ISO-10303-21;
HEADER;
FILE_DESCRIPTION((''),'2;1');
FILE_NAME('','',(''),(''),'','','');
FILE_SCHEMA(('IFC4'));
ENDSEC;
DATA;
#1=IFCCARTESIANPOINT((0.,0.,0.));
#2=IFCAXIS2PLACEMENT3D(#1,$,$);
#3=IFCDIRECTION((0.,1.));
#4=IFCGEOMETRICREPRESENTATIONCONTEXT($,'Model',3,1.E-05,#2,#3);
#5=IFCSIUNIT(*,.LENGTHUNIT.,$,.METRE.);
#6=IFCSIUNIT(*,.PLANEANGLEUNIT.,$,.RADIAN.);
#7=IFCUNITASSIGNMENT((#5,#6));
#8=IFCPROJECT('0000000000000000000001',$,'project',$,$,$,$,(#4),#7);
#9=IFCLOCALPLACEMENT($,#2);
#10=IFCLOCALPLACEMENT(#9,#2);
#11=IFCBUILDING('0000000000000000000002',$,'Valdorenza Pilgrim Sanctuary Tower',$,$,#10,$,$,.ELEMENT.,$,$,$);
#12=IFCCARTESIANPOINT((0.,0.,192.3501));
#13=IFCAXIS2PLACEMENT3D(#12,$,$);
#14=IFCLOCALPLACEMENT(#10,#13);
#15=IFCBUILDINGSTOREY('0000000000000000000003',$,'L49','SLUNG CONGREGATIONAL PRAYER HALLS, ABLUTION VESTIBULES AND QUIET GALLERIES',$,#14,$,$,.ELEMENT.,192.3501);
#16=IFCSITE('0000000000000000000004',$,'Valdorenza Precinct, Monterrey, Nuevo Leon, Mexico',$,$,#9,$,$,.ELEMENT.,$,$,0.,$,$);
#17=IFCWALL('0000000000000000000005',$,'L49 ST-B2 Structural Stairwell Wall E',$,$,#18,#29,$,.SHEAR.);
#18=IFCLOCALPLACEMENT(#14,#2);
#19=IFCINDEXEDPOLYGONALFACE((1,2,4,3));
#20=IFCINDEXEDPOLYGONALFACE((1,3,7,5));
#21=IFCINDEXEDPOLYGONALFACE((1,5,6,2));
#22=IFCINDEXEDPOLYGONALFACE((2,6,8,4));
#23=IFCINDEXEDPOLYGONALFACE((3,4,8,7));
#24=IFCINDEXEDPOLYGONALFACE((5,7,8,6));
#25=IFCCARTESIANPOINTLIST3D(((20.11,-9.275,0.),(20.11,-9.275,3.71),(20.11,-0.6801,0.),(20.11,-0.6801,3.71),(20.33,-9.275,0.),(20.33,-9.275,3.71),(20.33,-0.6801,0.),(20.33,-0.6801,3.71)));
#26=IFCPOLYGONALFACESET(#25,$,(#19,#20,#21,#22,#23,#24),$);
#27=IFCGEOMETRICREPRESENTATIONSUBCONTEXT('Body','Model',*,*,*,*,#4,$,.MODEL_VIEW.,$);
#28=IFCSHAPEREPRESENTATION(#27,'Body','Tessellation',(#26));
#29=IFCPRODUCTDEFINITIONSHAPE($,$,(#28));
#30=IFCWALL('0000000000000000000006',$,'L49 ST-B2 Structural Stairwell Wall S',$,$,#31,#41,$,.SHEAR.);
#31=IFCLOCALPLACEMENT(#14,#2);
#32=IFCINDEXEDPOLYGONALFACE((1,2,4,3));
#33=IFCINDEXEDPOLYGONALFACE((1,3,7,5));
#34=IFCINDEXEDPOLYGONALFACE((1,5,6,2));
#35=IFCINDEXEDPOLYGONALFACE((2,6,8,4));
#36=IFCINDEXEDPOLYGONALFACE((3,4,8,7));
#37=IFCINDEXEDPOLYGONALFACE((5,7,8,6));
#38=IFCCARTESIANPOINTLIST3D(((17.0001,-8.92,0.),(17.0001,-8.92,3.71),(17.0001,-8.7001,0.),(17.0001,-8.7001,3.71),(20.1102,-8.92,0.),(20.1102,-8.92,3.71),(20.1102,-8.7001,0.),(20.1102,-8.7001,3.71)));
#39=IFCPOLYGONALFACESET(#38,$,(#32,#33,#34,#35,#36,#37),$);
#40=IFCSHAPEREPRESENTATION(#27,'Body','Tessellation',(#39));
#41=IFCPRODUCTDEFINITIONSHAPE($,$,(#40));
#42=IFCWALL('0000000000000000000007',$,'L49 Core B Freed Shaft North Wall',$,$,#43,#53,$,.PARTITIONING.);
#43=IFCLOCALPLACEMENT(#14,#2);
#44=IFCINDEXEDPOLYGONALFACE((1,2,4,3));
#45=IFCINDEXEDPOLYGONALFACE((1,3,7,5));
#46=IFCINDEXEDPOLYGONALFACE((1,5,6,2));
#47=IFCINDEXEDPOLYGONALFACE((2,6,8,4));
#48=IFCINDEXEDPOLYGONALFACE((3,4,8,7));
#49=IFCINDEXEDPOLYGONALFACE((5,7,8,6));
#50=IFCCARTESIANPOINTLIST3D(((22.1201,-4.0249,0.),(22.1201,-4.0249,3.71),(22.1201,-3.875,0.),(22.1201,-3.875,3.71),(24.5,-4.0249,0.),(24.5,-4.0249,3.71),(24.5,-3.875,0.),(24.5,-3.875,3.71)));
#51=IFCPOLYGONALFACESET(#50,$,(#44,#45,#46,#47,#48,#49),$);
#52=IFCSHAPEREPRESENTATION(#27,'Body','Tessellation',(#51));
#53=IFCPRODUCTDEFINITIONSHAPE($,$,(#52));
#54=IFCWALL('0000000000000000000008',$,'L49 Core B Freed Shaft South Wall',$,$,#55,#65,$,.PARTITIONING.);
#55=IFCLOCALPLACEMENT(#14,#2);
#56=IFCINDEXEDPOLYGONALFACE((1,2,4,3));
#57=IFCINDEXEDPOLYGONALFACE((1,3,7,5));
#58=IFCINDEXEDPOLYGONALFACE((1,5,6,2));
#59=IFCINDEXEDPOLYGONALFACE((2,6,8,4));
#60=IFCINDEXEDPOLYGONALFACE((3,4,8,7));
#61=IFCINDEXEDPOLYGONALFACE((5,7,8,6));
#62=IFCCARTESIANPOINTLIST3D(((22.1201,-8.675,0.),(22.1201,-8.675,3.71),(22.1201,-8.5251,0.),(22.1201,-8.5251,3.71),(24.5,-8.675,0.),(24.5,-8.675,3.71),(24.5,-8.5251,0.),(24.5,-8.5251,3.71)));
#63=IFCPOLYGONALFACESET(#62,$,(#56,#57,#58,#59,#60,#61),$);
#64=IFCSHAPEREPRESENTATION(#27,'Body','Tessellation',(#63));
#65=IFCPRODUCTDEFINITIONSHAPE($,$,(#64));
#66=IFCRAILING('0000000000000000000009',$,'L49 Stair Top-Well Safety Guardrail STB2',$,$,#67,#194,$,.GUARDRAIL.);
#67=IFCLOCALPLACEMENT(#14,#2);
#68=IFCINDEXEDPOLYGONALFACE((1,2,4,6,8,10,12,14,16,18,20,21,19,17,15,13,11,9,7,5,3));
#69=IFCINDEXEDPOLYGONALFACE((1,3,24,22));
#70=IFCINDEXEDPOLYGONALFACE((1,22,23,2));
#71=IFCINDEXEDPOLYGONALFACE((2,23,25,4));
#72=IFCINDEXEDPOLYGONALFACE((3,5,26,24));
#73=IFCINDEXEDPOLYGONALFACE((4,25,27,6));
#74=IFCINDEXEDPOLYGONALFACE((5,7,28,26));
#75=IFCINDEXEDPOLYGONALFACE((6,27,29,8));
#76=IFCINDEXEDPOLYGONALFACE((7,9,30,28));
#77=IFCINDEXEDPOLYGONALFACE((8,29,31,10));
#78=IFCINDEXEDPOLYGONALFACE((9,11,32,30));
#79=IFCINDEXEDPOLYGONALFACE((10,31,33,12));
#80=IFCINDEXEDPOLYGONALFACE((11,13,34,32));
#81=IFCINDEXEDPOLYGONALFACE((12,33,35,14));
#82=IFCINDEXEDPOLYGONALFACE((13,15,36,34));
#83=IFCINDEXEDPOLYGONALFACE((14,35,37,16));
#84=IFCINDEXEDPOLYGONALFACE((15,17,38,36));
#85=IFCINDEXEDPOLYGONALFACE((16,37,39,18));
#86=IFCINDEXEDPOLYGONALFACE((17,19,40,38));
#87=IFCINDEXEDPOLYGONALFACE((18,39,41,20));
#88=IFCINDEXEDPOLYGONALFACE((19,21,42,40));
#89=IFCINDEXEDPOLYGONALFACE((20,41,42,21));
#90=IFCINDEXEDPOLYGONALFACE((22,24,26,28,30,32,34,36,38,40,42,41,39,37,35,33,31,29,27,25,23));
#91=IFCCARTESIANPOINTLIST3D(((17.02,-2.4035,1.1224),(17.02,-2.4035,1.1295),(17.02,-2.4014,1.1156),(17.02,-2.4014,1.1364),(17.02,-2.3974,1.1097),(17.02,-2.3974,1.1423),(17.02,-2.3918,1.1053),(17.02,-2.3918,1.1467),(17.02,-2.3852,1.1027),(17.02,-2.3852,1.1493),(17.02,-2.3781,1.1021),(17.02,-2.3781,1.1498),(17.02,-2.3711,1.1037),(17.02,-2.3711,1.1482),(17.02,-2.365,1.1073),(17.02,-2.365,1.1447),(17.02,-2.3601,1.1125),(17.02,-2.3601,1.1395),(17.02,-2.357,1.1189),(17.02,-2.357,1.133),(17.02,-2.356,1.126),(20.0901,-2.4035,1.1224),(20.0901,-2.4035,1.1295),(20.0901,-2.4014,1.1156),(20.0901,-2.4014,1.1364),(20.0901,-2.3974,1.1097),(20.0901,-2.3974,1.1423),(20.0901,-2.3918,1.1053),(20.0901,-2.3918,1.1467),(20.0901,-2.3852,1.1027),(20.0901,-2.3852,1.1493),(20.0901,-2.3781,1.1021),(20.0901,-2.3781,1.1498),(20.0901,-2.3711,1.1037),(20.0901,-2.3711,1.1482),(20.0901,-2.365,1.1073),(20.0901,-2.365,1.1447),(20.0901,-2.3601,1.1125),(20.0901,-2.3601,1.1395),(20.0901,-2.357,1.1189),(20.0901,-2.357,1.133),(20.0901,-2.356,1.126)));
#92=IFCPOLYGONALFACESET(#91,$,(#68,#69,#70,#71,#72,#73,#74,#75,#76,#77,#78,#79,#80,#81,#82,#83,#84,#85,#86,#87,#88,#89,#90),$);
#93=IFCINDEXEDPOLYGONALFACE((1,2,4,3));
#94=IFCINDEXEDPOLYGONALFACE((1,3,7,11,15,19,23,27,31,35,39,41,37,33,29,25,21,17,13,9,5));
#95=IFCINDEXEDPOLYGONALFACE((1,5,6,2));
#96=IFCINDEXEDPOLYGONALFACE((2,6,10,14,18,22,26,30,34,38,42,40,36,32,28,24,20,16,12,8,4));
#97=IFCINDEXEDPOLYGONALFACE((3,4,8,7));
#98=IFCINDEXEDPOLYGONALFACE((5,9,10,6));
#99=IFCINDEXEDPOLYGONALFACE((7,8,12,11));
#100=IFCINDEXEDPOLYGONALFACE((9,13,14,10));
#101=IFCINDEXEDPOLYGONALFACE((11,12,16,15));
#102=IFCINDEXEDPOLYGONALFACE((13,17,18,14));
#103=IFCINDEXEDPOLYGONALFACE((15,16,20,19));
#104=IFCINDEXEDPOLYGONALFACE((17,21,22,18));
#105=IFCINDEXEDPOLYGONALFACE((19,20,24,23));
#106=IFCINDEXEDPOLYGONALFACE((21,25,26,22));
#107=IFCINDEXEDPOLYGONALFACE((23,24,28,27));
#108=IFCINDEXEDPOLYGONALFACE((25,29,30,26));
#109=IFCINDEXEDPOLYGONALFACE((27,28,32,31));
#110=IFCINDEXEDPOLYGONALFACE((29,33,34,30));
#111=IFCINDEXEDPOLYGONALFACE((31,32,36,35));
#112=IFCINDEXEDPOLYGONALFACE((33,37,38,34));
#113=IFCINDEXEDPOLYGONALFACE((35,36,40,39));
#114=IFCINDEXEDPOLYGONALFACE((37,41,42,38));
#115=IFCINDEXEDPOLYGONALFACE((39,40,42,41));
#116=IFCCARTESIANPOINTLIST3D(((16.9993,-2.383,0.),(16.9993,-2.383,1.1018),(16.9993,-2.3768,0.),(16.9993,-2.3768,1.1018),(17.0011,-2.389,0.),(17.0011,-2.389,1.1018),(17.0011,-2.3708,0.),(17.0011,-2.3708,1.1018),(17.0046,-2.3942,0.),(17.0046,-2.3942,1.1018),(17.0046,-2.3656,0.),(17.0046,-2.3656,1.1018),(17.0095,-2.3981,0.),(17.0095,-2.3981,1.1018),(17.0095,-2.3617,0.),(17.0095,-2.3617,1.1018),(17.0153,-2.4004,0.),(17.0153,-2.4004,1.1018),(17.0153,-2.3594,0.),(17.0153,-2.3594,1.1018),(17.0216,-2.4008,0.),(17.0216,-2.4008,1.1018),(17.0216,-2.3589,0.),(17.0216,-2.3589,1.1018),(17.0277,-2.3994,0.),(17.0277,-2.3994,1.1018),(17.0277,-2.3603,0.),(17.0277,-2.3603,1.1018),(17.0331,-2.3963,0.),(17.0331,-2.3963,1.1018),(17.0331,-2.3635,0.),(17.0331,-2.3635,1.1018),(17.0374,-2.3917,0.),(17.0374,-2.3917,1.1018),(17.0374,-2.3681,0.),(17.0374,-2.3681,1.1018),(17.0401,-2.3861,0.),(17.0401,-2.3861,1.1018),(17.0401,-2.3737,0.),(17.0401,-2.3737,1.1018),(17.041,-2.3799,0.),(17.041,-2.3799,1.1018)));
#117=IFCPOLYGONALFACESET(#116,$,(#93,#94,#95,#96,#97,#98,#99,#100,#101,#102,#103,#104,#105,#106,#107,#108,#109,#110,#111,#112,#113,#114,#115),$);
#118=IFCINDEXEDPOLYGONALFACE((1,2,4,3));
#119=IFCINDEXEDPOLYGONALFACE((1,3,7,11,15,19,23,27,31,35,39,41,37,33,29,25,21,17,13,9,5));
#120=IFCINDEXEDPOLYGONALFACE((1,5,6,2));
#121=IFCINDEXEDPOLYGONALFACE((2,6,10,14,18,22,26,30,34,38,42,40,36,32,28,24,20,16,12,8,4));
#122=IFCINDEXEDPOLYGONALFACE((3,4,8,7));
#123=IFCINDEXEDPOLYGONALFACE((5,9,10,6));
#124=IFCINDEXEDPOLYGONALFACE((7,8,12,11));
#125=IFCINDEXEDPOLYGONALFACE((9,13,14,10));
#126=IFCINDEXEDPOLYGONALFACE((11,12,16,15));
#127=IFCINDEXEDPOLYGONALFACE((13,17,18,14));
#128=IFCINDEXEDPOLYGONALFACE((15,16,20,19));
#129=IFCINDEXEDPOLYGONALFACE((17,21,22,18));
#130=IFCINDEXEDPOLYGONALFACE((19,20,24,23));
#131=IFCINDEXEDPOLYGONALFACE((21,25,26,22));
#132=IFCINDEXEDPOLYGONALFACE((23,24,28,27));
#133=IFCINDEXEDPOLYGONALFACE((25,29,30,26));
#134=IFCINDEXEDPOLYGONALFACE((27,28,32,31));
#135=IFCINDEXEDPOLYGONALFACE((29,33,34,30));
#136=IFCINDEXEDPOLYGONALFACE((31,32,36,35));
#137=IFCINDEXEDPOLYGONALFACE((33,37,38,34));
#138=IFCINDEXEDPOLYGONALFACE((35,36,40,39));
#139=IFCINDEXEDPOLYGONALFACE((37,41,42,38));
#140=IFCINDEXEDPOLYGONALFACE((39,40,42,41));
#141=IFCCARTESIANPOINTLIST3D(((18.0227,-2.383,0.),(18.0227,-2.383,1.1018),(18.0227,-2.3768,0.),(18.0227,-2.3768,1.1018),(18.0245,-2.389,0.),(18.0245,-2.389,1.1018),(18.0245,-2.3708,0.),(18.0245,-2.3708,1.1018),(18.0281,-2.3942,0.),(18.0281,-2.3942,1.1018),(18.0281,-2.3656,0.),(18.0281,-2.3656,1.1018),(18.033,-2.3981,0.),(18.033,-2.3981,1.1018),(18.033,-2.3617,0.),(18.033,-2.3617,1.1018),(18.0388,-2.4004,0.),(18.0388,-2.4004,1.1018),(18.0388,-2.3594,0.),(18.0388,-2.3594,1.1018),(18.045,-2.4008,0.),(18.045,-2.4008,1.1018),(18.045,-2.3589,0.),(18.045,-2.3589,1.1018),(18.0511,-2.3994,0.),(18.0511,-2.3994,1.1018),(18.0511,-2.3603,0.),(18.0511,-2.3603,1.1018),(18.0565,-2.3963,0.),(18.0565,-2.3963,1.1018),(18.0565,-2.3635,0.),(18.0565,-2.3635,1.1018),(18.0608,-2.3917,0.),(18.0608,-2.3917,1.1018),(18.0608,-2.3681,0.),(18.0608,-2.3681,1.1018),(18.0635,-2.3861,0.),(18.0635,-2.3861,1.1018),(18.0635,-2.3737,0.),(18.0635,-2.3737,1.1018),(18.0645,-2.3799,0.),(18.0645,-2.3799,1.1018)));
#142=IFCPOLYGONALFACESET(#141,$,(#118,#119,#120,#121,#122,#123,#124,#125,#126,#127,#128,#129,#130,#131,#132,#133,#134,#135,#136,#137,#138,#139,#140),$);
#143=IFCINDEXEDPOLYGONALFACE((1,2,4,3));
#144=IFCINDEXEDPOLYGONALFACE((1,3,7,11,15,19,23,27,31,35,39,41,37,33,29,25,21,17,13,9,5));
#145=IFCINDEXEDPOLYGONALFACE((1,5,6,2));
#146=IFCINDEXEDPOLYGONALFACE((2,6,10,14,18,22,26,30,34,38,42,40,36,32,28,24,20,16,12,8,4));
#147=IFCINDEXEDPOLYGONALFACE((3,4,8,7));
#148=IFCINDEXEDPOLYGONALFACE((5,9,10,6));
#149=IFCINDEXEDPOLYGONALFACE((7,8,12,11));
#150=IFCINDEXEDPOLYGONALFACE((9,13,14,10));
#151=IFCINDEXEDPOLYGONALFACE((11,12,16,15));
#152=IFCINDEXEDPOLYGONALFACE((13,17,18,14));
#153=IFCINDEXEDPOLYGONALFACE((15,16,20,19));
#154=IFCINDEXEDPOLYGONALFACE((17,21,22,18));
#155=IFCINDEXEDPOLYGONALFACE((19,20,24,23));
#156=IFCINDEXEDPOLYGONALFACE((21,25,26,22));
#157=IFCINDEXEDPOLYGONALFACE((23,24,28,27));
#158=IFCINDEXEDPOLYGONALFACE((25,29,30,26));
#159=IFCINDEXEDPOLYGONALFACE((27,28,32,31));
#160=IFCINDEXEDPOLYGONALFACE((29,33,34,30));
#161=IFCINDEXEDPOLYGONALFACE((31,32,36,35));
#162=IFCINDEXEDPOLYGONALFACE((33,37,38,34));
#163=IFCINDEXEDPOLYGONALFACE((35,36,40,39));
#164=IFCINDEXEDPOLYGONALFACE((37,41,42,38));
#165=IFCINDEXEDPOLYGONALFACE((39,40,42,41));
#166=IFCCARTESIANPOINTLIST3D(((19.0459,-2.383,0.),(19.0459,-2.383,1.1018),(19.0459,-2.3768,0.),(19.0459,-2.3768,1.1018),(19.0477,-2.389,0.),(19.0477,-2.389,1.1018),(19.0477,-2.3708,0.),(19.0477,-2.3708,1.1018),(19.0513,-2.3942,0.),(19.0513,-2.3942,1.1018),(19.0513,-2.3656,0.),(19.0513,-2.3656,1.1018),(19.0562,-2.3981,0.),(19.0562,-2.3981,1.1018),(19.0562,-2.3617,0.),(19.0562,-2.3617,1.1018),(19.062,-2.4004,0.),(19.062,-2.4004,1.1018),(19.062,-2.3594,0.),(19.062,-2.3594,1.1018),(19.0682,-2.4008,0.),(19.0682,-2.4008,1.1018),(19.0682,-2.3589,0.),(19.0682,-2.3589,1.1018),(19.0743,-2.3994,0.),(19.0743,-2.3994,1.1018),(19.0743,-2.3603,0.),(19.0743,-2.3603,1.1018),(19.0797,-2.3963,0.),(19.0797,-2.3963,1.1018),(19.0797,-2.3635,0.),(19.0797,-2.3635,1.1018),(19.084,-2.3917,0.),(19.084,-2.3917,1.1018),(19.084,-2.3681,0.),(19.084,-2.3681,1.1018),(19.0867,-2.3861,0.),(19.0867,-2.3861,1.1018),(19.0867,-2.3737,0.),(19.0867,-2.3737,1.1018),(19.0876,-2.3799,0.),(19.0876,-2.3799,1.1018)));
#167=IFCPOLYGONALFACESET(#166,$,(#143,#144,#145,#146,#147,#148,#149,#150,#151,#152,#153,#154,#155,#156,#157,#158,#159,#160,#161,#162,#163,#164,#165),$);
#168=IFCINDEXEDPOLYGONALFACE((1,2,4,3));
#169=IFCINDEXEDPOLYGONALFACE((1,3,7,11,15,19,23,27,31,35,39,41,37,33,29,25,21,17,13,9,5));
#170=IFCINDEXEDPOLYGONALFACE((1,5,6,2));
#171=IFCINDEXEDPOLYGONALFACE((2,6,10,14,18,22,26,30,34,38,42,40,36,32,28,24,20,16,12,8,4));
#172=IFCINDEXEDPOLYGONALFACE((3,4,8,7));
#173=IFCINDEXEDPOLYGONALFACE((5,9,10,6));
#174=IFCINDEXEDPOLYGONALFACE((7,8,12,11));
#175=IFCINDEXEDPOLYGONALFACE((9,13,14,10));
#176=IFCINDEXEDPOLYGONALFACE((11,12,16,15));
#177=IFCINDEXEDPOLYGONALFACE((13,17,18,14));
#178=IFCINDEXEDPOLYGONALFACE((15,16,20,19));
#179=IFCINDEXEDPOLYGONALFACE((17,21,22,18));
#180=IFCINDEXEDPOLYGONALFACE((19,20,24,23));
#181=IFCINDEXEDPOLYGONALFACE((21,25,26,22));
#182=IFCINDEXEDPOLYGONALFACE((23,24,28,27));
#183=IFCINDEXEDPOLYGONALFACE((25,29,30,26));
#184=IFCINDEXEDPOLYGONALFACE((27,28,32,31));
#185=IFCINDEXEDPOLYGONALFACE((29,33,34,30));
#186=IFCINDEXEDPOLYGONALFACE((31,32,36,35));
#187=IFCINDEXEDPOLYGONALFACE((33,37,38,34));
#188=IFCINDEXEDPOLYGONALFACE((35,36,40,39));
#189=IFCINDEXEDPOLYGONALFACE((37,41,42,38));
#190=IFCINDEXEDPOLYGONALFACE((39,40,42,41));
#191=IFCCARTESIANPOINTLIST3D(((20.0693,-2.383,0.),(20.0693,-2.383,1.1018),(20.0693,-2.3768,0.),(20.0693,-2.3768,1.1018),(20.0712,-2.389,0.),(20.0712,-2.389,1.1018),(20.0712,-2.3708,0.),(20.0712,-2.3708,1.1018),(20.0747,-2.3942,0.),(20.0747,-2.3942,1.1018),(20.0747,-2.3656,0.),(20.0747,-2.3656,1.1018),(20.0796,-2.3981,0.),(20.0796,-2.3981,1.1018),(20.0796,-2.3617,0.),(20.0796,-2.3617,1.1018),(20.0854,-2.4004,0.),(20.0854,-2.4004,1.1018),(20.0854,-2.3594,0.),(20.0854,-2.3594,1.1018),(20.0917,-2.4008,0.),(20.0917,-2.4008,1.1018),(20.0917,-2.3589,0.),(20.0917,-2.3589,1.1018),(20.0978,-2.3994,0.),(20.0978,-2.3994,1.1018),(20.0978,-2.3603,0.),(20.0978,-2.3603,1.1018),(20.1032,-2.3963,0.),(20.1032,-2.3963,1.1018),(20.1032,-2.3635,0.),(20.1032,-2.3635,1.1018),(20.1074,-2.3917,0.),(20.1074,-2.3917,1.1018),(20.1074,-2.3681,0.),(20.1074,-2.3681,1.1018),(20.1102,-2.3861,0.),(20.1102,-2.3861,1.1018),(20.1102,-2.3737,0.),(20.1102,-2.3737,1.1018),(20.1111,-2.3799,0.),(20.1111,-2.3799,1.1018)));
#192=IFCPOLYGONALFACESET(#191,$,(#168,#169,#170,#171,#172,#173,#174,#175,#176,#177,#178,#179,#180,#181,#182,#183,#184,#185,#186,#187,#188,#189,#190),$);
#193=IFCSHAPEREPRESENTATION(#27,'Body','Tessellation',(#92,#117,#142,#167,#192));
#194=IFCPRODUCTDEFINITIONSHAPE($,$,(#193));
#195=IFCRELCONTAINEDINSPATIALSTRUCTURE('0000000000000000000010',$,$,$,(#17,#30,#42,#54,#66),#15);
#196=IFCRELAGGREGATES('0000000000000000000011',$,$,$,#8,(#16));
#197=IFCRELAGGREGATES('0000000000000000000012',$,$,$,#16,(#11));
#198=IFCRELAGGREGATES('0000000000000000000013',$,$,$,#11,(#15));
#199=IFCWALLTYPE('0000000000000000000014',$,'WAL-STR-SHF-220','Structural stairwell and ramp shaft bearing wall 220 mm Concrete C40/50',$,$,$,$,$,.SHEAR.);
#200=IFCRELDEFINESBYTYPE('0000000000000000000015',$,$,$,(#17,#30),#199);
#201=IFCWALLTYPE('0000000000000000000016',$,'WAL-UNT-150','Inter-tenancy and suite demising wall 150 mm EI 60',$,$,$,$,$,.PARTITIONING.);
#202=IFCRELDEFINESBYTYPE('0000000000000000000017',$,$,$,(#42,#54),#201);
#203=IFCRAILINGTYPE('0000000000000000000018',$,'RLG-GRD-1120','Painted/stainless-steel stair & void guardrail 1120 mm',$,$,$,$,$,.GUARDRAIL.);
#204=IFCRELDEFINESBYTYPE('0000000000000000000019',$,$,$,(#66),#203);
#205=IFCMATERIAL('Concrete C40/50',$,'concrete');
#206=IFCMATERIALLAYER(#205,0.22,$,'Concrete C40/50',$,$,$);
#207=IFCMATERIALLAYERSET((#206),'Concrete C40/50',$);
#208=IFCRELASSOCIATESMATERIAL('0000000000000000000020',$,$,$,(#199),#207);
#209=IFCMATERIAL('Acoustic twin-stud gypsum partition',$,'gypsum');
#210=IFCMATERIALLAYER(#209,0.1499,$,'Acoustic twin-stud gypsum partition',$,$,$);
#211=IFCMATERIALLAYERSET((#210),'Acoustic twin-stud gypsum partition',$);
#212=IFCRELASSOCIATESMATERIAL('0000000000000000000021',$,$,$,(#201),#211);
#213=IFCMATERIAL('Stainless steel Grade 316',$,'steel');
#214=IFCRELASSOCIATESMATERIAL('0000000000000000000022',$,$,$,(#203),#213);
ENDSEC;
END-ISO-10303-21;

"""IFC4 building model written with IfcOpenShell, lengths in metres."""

from ifc_helpers import new_model, si_unit, direction, frame, frame_2d, origin, origin_2d, place, context, subcontext, project, spatial, rectangle, circle, extrude, material, layer, layer_set, type_object, element, save


model = new_model("IFC4")

# Units and contexts
model_context = context("Model", 3, precision=1e-05, world=origin(), true_north=direction((0.0, 1.0)))
body_context = subcontext(model_context, "Body", "Model", "MODEL_VIEW")
ifc_project = project(units=[si_unit("LENGTHUNIT", "METRE"), si_unit("PLANEANGLEUNIT", "RADIAN")], contexts=[model_context])

# Site, building, storey
site_placement = place(None, origin())
site = spatial("IfcSite", under=ifc_project, at=site_placement, Name="Valdorenza Precinct, Monterrey, Nuevo Leon, Mexico", CompositionType="ELEMENT", RefElevation=0.0)
building_placement = place(site_placement, origin())
building = spatial("IfcBuilding", under=site, at=building_placement, Name="Valdorenza Pilgrim Sanctuary Tower", CompositionType="ELEMENT")
storey_placement = place(building_placement, frame((0.0, 0.0, 192.3501)))
storey = spatial("IfcBuildingStorey", under=building, at=storey_placement, Name="L49", Description="SLUNG CONGREGATIONAL PRAYER HALLS, ABLUTION VESTIBULES AND QUIET GALLERIES", CompositionType="ELEMENT", Elevation=192.3501)

# Shared definitions
ifc_material_1 = material(Name="Acoustic twin-stud gypsum partition", Category="gypsum")

# Walls
ifc_material_2 = material(Name="Concrete C40/50", Category="concrete")
ifc_layer_1 = layer(ifc_material_2, 0.22, Name="Concrete C40/50")
ifc_layer_set_1 = layer_set([ifc_layer_1], Name="Concrete C40/50")
wall_type_1 = type_object("IfcWallType", Name="WAL-STR-SHF-220", Description="Structural stairwell and ramp shaft bearing wall 220 mm Concrete C40/50", PredefinedType="SHEAR", material=ifc_layer_set_1)
for number, where, z_axis, x_axis, name in (
    (1, (20.22, -9.2749, 0.0), (0.0, 0.0, 1.0), (0.0, 1.0, 0.0), "L49 ST-B2 Structural Stairwell Wall E"),
):
    element("IfcWall", number, at=place(storey_placement, frame(where, z_axis=z_axis, x_axis=x_axis)), inside=storey, type_object=wall_type_1, Name=name, PredefinedType="SHEAR", context=body_context, shape_type="SweptSolid", body=[
        extrude(rectangle(XDim=8.595, YDim=0.22, at=frame_2d((4.2974, 0.0))), origin(), (0.0, 0.0, 1.0), 3.71),
    ])
wall_1_placement = place(storey_placement, frame((17.0, -8.8101, 0.0), z_axis=(0.0, 0.0, 1.0), x_axis=(1.0, 0.0, 0.0)))
element("IfcWall", 2, at=wall_1_placement, inside=storey, type_object=wall_type_1, Name="L49 ST-B2 Structural Stairwell Wall S", PredefinedType="SHEAR", context=body_context, shape_type="SweptSolid", body=[
    extrude(rectangle(XDim=3.1101, YDim=0.22, at=frame_2d((1.5552, 0.0))), origin(), (0.0, 0.0, 1.0), 3.71),
])

# Walls
ifc_layer_2 = layer(ifc_material_1, 0.1499, Name="Acoustic twin-stud gypsum partition")
ifc_layer_set_2 = layer_set([ifc_layer_2], Name="Acoustic twin-stud gypsum partition")
wall_type_2 = type_object("IfcWallType", Name="WAL-UNT-150", Description="Inter-tenancy and suite demising wall 150 mm EI 60", PredefinedType="PARTITIONING", material=ifc_layer_set_2)
for number, where, z_axis, x_axis, name in (
    (3, (22.1201, -3.95, 0.0), (0.0, 0.0, 1.0), (1.0, 0.0, 0.0), "L49 Core B Freed Shaft North Wall"),
    (4, (22.1201, -8.6001, 0.0), (0.0, 0.0, 1.0), (1.0, 0.0, 0.0), "L49 Core B Freed Shaft South Wall"),
):
    element("IfcWall", number, at=place(storey_placement, frame(where, z_axis=z_axis, x_axis=x_axis)), inside=storey, type_object=wall_type_2, Name=name, PredefinedType="PARTITIONING", context=body_context, shape_type="SweptSolid", body=[
        extrude(rectangle(XDim=2.3799, YDim=0.1499, at=frame_2d((1.1899, 0.0))), origin(), (0.0, 0.0, 1.0), 3.71),
    ])

# Railing
ifc_material_3 = material(Name="Stainless steel Grade 316", Category="steel")
railing_type = type_object("IfcRailingType", Name="RLG-GRD-1120", Description="Painted/stainless-steel stair & void guardrail 1120 mm", PredefinedType="GUARDRAIL", material=ifc_material_3)
railing_1_placement = place(storey_placement, frame((17.02, -2.3799, 0.0)))
element("IfcRailing", 5, at=railing_1_placement, inside=storey, type_object=railing_type, Name="L49 Stair Top-Well Safety Guardrail STB2", PredefinedType="GUARDRAIL", context=body_context, shape_type="SweptSolid", body=[
    extrude(circle(Radius=0.0239, at=origin_2d()), frame((0.0, 0.0, 1.126), z_axis=(1.0, 0.0, 0.0), x_axis=(0.0, 1.0, 0.0)), (0.0, 0.0, 1.0), 3.0701),
    extrude(circle(Radius=0.021, at=origin_2d()), origin(), (0.0, 0.0, 1.0), 1.1018),
    extrude(circle(Radius=0.021, at=origin_2d()), frame((1.0234, 0.0, 0.0)), (0.0, 0.0, 1.0), 1.1018),
    extrude(circle(Radius=0.021, at=origin_2d()), frame((2.0466, 0.0, 0.0)), (0.0, 0.0, 1.0), 1.1018),
    extrude(circle(Radius=0.021, at=origin_2d()), frame((3.0701, 0.0, 0.0)), (0.0, 0.0, 1.0), 1.1018),
])

save(model, "model.ifc")
